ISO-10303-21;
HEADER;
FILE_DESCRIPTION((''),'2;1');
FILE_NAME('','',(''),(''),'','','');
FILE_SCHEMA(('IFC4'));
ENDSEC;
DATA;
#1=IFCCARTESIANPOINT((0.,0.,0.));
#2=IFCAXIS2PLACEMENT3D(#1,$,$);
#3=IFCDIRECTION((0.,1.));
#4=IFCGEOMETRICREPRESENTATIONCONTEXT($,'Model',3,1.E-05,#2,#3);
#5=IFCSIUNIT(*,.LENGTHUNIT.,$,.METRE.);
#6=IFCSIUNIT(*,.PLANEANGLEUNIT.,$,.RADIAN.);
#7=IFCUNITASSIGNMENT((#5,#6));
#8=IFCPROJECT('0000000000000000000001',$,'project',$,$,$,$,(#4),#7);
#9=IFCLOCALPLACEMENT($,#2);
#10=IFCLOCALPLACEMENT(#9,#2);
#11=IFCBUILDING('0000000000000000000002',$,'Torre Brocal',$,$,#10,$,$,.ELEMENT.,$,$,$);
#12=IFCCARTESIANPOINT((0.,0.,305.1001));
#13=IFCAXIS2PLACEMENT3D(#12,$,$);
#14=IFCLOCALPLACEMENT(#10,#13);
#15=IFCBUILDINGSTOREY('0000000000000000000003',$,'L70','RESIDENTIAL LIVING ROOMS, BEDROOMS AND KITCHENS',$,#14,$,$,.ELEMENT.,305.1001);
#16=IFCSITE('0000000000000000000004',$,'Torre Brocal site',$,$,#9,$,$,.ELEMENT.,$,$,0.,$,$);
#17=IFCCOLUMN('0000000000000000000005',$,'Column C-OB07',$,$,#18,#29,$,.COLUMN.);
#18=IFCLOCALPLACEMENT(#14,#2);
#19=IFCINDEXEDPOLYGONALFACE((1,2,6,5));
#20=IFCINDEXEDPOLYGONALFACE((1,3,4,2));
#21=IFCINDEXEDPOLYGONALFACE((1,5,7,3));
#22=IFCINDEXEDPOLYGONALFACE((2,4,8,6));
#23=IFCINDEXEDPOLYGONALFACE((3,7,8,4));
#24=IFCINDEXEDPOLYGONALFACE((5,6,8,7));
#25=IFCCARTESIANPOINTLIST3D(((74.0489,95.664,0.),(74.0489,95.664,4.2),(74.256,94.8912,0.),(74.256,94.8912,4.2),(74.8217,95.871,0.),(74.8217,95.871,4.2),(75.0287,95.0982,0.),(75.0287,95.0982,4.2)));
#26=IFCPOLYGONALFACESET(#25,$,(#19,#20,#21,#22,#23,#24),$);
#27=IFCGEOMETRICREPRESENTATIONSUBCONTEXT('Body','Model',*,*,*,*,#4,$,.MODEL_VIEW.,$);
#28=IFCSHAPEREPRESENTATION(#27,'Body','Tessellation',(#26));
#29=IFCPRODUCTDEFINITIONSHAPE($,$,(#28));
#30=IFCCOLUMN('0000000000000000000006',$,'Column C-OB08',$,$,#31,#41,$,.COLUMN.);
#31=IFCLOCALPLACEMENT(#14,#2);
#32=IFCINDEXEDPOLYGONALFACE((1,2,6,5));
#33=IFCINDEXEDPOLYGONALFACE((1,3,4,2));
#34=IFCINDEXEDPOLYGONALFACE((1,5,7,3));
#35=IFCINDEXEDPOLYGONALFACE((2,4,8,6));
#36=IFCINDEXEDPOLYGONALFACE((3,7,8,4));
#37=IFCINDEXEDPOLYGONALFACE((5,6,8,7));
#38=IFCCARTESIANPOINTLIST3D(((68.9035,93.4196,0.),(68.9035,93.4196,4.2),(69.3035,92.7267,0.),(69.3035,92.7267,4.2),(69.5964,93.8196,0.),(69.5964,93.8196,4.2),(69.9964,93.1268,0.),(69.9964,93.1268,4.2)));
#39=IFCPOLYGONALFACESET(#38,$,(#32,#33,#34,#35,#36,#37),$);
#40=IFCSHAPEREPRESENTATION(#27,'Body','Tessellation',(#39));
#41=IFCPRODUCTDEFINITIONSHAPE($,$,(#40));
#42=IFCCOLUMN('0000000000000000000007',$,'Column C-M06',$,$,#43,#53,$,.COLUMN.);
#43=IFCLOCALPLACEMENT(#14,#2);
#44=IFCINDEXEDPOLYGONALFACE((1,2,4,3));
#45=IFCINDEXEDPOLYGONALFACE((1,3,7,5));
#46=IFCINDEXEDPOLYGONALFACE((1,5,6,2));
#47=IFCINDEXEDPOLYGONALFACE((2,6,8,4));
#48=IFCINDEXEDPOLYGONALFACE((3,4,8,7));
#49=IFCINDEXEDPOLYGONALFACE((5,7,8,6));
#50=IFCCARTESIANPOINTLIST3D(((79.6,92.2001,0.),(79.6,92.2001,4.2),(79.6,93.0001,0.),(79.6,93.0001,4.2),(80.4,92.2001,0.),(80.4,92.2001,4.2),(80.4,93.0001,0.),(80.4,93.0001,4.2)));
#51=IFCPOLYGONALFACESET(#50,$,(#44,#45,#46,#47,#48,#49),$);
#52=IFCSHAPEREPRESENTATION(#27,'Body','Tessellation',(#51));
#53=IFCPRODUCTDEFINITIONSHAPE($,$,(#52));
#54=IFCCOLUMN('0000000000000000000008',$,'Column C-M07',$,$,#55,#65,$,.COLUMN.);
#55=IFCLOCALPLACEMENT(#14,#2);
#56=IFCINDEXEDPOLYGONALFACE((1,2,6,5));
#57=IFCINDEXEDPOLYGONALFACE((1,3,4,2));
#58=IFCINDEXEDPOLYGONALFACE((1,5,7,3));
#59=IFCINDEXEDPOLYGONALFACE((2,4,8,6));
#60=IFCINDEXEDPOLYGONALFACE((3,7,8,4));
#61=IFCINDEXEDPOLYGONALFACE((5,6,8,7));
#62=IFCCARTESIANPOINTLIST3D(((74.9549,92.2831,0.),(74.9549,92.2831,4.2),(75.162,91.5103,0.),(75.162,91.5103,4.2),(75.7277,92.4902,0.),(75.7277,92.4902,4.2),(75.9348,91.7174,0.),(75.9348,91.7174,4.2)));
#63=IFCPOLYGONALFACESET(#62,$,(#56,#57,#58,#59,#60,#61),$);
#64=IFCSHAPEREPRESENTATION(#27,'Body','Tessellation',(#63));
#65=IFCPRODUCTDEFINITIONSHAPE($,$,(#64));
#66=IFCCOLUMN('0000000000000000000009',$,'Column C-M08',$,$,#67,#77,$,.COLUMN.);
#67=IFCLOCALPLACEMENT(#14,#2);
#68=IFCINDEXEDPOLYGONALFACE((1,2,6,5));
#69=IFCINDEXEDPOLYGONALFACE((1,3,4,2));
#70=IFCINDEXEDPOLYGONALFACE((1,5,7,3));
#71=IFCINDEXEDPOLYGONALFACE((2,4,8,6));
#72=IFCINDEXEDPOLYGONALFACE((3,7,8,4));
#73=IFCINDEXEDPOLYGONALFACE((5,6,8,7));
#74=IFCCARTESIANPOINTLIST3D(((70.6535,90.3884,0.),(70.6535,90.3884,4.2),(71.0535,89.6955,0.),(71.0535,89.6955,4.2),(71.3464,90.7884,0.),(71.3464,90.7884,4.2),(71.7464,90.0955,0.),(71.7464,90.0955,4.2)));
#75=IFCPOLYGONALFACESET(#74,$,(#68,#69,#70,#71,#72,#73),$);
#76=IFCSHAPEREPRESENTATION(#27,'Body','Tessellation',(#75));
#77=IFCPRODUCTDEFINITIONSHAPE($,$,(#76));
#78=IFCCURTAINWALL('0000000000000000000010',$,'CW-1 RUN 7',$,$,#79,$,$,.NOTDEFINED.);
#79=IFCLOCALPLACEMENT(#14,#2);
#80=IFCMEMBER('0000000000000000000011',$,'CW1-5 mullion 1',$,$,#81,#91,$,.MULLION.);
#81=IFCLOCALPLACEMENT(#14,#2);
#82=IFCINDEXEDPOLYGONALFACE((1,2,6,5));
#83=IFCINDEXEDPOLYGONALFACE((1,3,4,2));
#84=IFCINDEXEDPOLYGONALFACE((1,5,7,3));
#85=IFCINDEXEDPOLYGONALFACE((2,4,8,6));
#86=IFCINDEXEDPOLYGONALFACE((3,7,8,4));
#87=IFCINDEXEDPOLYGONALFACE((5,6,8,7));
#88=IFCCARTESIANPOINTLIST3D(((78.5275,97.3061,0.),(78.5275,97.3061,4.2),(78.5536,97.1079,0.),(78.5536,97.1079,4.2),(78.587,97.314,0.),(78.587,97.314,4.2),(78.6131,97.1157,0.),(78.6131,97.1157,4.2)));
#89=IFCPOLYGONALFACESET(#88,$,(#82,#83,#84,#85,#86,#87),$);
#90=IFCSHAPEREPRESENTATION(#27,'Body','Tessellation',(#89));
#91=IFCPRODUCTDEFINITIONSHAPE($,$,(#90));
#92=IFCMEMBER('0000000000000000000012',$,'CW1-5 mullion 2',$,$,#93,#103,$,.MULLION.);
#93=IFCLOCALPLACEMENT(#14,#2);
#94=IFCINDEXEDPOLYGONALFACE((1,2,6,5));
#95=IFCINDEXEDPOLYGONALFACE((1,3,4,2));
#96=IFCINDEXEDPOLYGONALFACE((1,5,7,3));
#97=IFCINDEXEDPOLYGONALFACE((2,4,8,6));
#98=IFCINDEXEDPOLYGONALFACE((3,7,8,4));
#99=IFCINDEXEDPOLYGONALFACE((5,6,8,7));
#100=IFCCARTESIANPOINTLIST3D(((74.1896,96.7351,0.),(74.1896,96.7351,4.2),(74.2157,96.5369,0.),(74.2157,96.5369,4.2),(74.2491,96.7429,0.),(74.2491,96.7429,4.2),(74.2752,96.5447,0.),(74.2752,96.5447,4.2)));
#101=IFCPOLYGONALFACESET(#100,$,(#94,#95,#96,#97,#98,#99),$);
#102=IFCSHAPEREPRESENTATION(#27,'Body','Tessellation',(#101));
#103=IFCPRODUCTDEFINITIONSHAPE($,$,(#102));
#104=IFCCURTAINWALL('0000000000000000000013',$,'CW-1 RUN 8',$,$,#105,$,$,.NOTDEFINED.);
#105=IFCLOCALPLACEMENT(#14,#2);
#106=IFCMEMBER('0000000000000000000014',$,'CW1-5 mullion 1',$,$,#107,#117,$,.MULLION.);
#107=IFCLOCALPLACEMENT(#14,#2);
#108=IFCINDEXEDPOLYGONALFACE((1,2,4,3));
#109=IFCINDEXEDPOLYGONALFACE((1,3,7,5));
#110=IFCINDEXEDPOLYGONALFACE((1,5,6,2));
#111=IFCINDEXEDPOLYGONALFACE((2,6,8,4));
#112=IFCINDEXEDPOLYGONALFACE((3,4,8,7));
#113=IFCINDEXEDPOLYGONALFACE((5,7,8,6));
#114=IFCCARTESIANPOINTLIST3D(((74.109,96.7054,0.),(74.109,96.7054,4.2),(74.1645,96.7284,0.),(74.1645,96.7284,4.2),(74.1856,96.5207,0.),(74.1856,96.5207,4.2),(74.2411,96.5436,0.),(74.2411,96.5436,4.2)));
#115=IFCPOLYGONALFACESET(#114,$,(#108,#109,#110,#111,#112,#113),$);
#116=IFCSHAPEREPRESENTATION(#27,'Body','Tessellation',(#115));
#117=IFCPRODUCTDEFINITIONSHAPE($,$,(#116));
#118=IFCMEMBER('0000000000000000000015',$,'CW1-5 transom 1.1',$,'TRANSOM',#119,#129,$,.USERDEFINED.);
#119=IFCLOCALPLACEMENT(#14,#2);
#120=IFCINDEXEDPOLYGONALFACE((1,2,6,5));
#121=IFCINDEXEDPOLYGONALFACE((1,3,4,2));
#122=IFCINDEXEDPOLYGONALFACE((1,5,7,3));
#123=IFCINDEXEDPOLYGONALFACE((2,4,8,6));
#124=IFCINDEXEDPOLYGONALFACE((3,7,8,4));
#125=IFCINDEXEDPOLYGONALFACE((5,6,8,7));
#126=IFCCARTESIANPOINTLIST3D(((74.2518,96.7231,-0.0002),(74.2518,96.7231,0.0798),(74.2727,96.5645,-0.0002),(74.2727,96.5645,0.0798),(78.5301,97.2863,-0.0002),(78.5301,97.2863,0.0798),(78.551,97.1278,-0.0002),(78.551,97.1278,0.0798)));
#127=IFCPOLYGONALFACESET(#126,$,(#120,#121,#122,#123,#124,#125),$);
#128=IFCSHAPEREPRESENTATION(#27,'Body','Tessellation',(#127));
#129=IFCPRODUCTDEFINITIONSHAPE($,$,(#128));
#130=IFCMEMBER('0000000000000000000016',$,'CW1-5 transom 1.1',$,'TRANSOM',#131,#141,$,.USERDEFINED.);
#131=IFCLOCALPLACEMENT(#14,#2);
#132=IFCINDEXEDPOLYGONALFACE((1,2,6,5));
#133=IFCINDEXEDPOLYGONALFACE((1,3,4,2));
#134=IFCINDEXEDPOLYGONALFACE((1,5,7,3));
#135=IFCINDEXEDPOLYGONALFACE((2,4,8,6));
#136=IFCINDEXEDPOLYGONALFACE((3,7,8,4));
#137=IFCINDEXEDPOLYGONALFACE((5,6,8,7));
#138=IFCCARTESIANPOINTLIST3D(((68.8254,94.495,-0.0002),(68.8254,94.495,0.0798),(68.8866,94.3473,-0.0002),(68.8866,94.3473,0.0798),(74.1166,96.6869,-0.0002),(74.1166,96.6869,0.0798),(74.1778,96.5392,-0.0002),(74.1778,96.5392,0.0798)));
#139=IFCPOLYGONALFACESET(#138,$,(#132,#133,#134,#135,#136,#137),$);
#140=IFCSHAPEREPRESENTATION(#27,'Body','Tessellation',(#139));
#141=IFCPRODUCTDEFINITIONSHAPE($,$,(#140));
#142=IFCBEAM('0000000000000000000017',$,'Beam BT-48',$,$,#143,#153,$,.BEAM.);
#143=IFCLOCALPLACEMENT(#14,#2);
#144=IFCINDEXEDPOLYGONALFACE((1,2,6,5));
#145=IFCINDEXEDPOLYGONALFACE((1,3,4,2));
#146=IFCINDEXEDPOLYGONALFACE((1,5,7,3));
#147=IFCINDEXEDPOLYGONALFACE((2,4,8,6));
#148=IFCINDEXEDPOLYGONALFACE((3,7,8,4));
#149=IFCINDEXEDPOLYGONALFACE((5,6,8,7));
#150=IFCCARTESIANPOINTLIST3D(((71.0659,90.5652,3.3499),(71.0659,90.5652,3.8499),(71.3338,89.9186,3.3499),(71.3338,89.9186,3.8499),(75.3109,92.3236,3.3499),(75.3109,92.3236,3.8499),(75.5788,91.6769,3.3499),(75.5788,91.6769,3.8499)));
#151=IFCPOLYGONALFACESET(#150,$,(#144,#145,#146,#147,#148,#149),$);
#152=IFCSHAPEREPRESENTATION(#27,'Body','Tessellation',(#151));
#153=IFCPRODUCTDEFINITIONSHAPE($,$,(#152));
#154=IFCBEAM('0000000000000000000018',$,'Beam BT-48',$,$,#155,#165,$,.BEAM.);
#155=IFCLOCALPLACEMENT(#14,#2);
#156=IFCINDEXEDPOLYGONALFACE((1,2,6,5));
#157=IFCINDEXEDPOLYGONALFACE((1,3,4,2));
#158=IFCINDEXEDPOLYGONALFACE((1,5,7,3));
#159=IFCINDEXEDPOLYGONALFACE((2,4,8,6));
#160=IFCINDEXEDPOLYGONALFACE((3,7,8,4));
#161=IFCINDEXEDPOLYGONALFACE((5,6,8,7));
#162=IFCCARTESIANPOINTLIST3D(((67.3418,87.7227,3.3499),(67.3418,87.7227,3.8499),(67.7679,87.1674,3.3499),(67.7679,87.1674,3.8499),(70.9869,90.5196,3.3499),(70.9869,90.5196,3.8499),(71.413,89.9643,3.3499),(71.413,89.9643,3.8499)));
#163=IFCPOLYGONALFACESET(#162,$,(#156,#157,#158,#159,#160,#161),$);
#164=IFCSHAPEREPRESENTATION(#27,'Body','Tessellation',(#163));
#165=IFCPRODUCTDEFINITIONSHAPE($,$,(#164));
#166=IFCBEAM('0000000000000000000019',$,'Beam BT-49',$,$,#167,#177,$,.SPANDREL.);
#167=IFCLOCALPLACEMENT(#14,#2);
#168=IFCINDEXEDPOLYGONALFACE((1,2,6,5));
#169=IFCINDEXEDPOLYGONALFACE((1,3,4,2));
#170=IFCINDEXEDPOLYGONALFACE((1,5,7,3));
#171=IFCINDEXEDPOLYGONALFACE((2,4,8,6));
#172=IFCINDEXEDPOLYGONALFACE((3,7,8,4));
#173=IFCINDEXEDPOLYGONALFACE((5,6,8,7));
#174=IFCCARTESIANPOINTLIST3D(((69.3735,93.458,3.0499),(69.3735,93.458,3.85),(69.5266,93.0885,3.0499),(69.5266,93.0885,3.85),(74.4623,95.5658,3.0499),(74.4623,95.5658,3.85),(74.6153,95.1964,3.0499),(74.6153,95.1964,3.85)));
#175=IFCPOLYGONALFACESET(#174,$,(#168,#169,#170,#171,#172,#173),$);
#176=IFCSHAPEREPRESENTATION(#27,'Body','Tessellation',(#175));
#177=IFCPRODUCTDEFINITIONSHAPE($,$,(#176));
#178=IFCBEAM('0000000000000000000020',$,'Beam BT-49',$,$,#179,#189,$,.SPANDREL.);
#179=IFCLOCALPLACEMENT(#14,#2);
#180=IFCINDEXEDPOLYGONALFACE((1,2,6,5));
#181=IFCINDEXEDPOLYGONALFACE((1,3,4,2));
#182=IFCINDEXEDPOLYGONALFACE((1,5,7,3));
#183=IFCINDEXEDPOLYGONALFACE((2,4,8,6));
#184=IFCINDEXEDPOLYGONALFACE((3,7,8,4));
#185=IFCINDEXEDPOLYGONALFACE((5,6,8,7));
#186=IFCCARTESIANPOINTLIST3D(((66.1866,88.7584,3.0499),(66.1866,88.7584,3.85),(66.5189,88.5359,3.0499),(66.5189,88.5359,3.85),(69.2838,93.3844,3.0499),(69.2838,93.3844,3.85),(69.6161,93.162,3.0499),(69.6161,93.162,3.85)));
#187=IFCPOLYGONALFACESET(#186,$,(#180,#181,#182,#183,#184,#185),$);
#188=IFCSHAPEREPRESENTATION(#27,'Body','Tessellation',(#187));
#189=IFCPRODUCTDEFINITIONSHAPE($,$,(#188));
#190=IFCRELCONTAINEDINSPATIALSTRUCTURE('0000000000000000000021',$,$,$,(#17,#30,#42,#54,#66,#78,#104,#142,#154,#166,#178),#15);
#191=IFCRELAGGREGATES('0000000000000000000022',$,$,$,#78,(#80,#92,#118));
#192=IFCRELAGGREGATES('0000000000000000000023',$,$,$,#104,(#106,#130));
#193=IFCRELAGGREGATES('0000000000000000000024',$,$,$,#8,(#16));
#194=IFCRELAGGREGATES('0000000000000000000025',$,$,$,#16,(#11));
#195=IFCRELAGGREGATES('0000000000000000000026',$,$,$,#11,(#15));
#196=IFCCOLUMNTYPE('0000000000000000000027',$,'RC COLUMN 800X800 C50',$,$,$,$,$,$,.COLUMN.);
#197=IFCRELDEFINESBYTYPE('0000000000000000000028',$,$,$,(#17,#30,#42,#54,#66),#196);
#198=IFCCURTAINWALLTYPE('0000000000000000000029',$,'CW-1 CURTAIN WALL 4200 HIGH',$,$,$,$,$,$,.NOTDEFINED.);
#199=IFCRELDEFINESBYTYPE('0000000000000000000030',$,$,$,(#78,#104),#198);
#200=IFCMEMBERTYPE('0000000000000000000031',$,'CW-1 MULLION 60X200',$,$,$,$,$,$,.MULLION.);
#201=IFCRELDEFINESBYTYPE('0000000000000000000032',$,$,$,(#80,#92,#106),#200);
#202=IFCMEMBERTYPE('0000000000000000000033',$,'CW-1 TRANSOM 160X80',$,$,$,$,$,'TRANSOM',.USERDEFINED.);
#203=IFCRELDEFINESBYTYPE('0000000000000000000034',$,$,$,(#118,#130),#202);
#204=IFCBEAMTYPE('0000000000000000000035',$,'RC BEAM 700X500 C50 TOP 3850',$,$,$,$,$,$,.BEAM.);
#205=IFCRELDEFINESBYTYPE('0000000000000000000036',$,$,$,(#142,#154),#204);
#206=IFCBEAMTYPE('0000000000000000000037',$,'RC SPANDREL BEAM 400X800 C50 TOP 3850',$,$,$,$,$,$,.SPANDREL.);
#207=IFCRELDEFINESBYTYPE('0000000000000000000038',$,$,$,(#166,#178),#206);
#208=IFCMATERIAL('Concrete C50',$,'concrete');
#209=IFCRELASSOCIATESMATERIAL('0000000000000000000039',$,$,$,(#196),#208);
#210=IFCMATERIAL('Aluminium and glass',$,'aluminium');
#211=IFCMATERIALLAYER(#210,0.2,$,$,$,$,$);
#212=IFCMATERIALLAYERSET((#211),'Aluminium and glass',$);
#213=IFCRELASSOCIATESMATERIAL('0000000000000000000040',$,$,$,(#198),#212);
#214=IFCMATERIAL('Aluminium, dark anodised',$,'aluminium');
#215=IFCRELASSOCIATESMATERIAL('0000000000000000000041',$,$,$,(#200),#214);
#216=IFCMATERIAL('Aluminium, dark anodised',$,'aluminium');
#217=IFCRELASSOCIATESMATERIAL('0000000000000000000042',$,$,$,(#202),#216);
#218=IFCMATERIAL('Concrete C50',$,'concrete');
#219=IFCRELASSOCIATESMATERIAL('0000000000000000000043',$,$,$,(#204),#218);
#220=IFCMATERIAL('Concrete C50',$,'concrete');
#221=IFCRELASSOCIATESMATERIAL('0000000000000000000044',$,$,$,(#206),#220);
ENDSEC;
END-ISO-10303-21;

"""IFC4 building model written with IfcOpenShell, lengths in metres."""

from ifc_helpers import new_model, si_unit, direction, frame, origin, origin_2d, place, context, subcontext, project, spatial, rectangle, extrude, material, layer, layer_set, material_profile, profile_set, type_object, element, aggregate, save


model = new_model("IFC4")

# Units and contexts
model_context = context("Model", 3, precision=1e-05, world=origin(), true_north=direction((0.0, 1.0)))
body_context = subcontext(model_context, "Body", "Model", "MODEL_VIEW")
ifc_project = project(units=[si_unit("LENGTHUNIT", "METRE"), si_unit("PLANEANGLEUNIT", "RADIAN")], contexts=[model_context])

# Site, building, storey
site_placement = place(None, origin())
site = spatial("IfcSite", under=ifc_project, at=site_placement, Name="Torre Brocal site", CompositionType="ELEMENT", RefElevation=0.0)
building_placement = place(site_placement, origin())
building = spatial("IfcBuilding", under=site, at=building_placement, Name="Torre Brocal", CompositionType="ELEMENT")
storey_placement = place(building_placement, frame((0.0, 0.0, 305.1001)))
storey = spatial("IfcBuildingStorey", under=building, at=storey_placement, Name="L70", Description="RESIDENTIAL LIVING ROOMS, BEDROOMS AND KITCHENS", CompositionType="ELEMENT", Elevation=305.1001)

# Columns
ifc_material_1 = material(Name="Concrete C50", Category="concrete")
ifc_material_profile_1 = material_profile(ifc_material_1, rectangle(XDim=0.8, YDim=0.8, at=origin_2d()), Name="RC 800X800")
ifc_profile_set_1 = profile_set([ifc_material_profile_1], Name="Concrete C50")
column_type = type_object("IfcColumnType", Name="RC COLUMN 800X800 C50", PredefinedType="COLUMN", material=ifc_profile_set_1)
for number, where, z_axis, x_axis, name in (
    (1, (74.5388, 95.3811, 0.0), (0.0, 0.0, 1.0), (-0.258819, 0.965926, 0.0), "Column C-OB07"),
    (2, (69.45, 93.2732, 0.0), (0.0, 0.0, 1.0), (-0.5, 0.866025, 0.0), "Column C-OB08"),
    (3, (80.0, 92.6001, 0.0), (0.0, 0.0, 1.0), (0.0, 1.0, 0.0), "Column C-M06"),
    (4, (75.4448, 92.0002, 0.0), (0.0, 0.0, 1.0), (-0.258819, 0.965926, 0.0), "Column C-M07"),
    (5, (71.2, 90.2419, 0.0), (0.0, 0.0, 1.0), (-0.5, 0.866025, 0.0), "Column C-M08"),
):
    element("IfcColumn", number, at=place(storey_placement, frame(where, z_axis=z_axis, x_axis=x_axis)), inside=storey, type_object=column_type, Name=name, PredefinedType="COLUMN", context=body_context, shape_type="SweptSolid", body=[
        extrude(rectangle(XDim=0.8, YDim=0.8, at=origin_2d()), origin(), (0.0, 0.0, 1.0), 4.2),
    ])

# Curtain wall, members
ifc_material_2 = material(Name="Aluminium and glass", Category="aluminium")
ifc_layer_1 = layer(ifc_material_2, 0.2)
ifc_layer_set_1 = layer_set([ifc_layer_1], Name="Aluminium and glass")
curtain_wall_type = type_object("IfcCurtainWallType", Name="CW-1 CURTAIN WALL 4200 HIGH", PredefinedType="NOTDEFINED", material=ifc_layer_set_1)
curtain_wall_1_placement = place(storey_placement, origin())
curtain_wall_1 = element("IfcCurtainWall", 6, at=curtain_wall_1_placement, inside=storey, type_object=curtain_wall_type, Name="CW-1 RUN 7", PredefinedType="NOTDEFINED")
ifc_material_3 = material(Name="Aluminium, dark anodised", Category="aluminium")
ifc_material_profile_2 = material_profile(ifc_material_3, rectangle(XDim=0.2, YDim=0.0601, at=origin_2d()), Name="CW-1 MULLION 60X200")
ifc_profile_set_2 = profile_set([ifc_material_profile_2], Name="Aluminium, dark anodised")
member_type_1 = type_object("IfcMemberType", Name="CW-1 MULLION 60X200", PredefinedType="MULLION", material=ifc_profile_set_2)
member_1_placement = place(storey_placement, frame((78.5703, 97.2109, 0.0), z_axis=(0.0, 0.0, 1.0), x_axis=(0.130526, -0.991445, 0.0)))
member_1 = element("IfcMember", 7, at=member_1_placement, type_object=member_type_1, Name="CW1-5 mullion 1", PredefinedType="MULLION", context=body_context, shape_type="SweptSolid", body=[
    extrude(rectangle(XDim=0.2, YDim=0.0601, at=origin_2d()), origin(), (0.0, 0.0, 1.0), 4.2),
])
member_2_placement = place(storey_placement, frame((74.2324, 96.6399, 0.0), z_axis=(0.0, 0.0, 1.0), x_axis=(0.130526, -0.991445, 0.0)))
member_2 = element("IfcMember", 8, at=member_2_placement, type_object=member_type_1, Name="CW1-5 mullion 2", PredefinedType="MULLION", context=body_context, shape_type="SweptSolid", body=[
    extrude(rectangle(XDim=0.2, YDim=0.0601, at=origin_2d()), origin(), (0.0, 0.0, 1.0), 4.2),
])

# Curtain wall, member
curtain_wall_2_placement = place(storey_placement, origin())
curtain_wall_2 = element("IfcCurtainWall", 9, at=curtain_wall_2_placement, inside=storey, type_object=curtain_wall_type, Name="CW-1 RUN 8", PredefinedType="NOTDEFINED")
member_3_placement = place(storey_placement, frame((74.175, 96.6245, 0.0), z_axis=(0.0, 0.0, 1.0), x_axis=(0.382683, -0.92388, 0.0)))
member_3 = element("IfcMember", 10, at=member_3_placement, type_object=member_type_1, Name="CW1-5 mullion 1", PredefinedType="MULLION", context=body_context, shape_type="SweptSolid", body=[
    extrude(rectangle(XDim=0.2, YDim=0.0601, at=origin_2d()), origin(), (0.0, 0.0, 1.0), 4.2),
])

# Members
ifc_material_4 = material(Name="Aluminium, dark anodised", Category="aluminium")
ifc_material_profile_3 = material_profile(ifc_material_4, rectangle(XDim=0.1599, YDim=0.0801, at=origin_2d()), Name="CW-1 TRANSOM 160X80")
ifc_profile_set_3 = profile_set([ifc_material_profile_3], Name="Aluminium, dark anodised")
member_type_2 = type_object("IfcMemberType", Name="CW-1 TRANSOM 160X80", ElementType="TRANSOM", PredefinedType="USERDEFINED", material=ifc_profile_set_3)
member_4_placement = place(storey_placement, frame((78.5405, 97.207, 0.0398), z_axis=(-0.991445, -0.130522, 0.0), x_axis=(0.130522, -0.991445, 0.0)))
member_4 = element("IfcMember", 11, at=member_4_placement, type_object=member_type_2, Name="CW1-5 transom 1.1", ObjectType="TRANSOM", PredefinedType="USERDEFINED", context=body_context, shape_type="SweptSolid", body=[
    extrude(rectangle(XDim=0.1599, YDim=0.0801, at=origin_2d()), origin(), (0.0, 0.0, 1.0), 4.3152),
])
member_5_placement = place(storey_placement, frame((74.1472, 96.613, 0.0398), z_axis=(-0.923868, -0.382711, 0.0), x_axis=(0.382711, -0.923868, 0.0)))
member_5 = element("IfcMember", 12, at=member_5_placement, type_object=member_type_2, Name="CW1-5 transom 1.1", ObjectType="TRANSOM", PredefinedType="USERDEFINED", context=body_context, shape_type="SweptSolid", body=[
    extrude(rectangle(XDim=0.1599, YDim=0.0801, at=origin_2d()), origin(), (0.0, 0.0, 1.0), 5.7273),
])

# Beams
ifc_material_5 = material(Name="Concrete C50", Category="concrete")
ifc_material_profile_4 = material_profile(ifc_material_5, rectangle(XDim=0.7, YDim=0.5, at=origin_2d()), Name="RC 700X500")
ifc_profile_set_4 = profile_set([ifc_material_profile_4], Name="Concrete C50")
beam_type_1 = type_object("IfcBeamType", Name="RC BEAM 700X500 C50 TOP 3850", PredefinedType="BEAM", material=ifc_profile_set_4)
beam_1_placement = place(storey_placement, frame((75.4448, 92.0002, 3.5999), z_axis=(-0.923878, -0.382687, 0.0), x_axis=(0.382687, -0.923878, 0.0)))
element("IfcBeam", 13, at=beam_1_placement, inside=storey, type_object=beam_type_1, Name="Beam BT-48", PredefinedType="BEAM", context=body_context, shape_type="SweptSolid", body=[
    extrude(rectangle(XDim=0.7, YDim=0.5, at=origin_2d()), origin(), (0.0, 0.0, 1.0), 4.5947),
])
beam_2_placement = place(storey_placement, frame((71.2, 90.2419, 3.5999), z_axis=(-0.793358, -0.608755, 0.0), x_axis=(0.608755, -0.793358, 0.0)))
element("IfcBeam", 14, at=beam_2_placement, inside=storey, type_object=beam_type_1, Name="Beam BT-48", PredefinedType="BEAM", context=body_context, shape_type="SweptSolid", body=[
    extrude(rectangle(XDim=0.7, YDim=0.5, at=origin_2d()), origin(), (0.0, 0.0, 1.0), 4.5945),
])
ifc_material_6 = material(Name="Concrete C50", Category="concrete")
ifc_material_profile_5 = material_profile(ifc_material_6, rectangle(XDim=0.3999, YDim=0.8, at=origin_2d()), Name="RC 400X800")
ifc_profile_set_5 = profile_set([ifc_material_profile_5], Name="Concrete C50")
beam_type_2 = type_object("IfcBeamType", Name="RC SPANDREL BEAM 400X800 C50 TOP 3850", PredefinedType="SPANDREL", material=ifc_profile_set_5)
beam_3_placement = place(storey_placement, frame((74.5388, 95.3811, 3.45), z_axis=(-0.923877, -0.382688, 0.0), x_axis=(0.382688, -0.923877, 0.0)))
element("IfcBeam", 15, at=beam_3_placement, inside=storey, type_object=beam_type_2, Name="Beam BT-49", PredefinedType="SPANDREL", context=body_context, shape_type="SweptSolid", body=[
    extrude(rectangle(XDim=0.3999, YDim=0.8, at=origin_2d()), origin(), (0.0, 0.0, 1.0), 5.5081),
])
beam_4_placement = place(storey_placement, frame((69.45, 93.2732, 3.45), z_axis=(-0.556339, -0.830956, 0.0), x_axis=(0.830956, -0.556339, 0.0)))
element("IfcBeam", 16, at=beam_4_placement, inside=storey, type_object=beam_type_2, Name="Beam BT-49", PredefinedType="SPANDREL", context=body_context, shape_type="SweptSolid", body=[
    extrude(rectangle(XDim=0.3999, YDim=0.8, at=origin_2d()), origin(), (0.0, 0.0, 1.0), 5.5671),
])

aggregate(curtain_wall_1, [member_1, member_2, member_4])
aggregate(curtain_wall_2, [member_3, member_5])

save(model, "model.ifc")
